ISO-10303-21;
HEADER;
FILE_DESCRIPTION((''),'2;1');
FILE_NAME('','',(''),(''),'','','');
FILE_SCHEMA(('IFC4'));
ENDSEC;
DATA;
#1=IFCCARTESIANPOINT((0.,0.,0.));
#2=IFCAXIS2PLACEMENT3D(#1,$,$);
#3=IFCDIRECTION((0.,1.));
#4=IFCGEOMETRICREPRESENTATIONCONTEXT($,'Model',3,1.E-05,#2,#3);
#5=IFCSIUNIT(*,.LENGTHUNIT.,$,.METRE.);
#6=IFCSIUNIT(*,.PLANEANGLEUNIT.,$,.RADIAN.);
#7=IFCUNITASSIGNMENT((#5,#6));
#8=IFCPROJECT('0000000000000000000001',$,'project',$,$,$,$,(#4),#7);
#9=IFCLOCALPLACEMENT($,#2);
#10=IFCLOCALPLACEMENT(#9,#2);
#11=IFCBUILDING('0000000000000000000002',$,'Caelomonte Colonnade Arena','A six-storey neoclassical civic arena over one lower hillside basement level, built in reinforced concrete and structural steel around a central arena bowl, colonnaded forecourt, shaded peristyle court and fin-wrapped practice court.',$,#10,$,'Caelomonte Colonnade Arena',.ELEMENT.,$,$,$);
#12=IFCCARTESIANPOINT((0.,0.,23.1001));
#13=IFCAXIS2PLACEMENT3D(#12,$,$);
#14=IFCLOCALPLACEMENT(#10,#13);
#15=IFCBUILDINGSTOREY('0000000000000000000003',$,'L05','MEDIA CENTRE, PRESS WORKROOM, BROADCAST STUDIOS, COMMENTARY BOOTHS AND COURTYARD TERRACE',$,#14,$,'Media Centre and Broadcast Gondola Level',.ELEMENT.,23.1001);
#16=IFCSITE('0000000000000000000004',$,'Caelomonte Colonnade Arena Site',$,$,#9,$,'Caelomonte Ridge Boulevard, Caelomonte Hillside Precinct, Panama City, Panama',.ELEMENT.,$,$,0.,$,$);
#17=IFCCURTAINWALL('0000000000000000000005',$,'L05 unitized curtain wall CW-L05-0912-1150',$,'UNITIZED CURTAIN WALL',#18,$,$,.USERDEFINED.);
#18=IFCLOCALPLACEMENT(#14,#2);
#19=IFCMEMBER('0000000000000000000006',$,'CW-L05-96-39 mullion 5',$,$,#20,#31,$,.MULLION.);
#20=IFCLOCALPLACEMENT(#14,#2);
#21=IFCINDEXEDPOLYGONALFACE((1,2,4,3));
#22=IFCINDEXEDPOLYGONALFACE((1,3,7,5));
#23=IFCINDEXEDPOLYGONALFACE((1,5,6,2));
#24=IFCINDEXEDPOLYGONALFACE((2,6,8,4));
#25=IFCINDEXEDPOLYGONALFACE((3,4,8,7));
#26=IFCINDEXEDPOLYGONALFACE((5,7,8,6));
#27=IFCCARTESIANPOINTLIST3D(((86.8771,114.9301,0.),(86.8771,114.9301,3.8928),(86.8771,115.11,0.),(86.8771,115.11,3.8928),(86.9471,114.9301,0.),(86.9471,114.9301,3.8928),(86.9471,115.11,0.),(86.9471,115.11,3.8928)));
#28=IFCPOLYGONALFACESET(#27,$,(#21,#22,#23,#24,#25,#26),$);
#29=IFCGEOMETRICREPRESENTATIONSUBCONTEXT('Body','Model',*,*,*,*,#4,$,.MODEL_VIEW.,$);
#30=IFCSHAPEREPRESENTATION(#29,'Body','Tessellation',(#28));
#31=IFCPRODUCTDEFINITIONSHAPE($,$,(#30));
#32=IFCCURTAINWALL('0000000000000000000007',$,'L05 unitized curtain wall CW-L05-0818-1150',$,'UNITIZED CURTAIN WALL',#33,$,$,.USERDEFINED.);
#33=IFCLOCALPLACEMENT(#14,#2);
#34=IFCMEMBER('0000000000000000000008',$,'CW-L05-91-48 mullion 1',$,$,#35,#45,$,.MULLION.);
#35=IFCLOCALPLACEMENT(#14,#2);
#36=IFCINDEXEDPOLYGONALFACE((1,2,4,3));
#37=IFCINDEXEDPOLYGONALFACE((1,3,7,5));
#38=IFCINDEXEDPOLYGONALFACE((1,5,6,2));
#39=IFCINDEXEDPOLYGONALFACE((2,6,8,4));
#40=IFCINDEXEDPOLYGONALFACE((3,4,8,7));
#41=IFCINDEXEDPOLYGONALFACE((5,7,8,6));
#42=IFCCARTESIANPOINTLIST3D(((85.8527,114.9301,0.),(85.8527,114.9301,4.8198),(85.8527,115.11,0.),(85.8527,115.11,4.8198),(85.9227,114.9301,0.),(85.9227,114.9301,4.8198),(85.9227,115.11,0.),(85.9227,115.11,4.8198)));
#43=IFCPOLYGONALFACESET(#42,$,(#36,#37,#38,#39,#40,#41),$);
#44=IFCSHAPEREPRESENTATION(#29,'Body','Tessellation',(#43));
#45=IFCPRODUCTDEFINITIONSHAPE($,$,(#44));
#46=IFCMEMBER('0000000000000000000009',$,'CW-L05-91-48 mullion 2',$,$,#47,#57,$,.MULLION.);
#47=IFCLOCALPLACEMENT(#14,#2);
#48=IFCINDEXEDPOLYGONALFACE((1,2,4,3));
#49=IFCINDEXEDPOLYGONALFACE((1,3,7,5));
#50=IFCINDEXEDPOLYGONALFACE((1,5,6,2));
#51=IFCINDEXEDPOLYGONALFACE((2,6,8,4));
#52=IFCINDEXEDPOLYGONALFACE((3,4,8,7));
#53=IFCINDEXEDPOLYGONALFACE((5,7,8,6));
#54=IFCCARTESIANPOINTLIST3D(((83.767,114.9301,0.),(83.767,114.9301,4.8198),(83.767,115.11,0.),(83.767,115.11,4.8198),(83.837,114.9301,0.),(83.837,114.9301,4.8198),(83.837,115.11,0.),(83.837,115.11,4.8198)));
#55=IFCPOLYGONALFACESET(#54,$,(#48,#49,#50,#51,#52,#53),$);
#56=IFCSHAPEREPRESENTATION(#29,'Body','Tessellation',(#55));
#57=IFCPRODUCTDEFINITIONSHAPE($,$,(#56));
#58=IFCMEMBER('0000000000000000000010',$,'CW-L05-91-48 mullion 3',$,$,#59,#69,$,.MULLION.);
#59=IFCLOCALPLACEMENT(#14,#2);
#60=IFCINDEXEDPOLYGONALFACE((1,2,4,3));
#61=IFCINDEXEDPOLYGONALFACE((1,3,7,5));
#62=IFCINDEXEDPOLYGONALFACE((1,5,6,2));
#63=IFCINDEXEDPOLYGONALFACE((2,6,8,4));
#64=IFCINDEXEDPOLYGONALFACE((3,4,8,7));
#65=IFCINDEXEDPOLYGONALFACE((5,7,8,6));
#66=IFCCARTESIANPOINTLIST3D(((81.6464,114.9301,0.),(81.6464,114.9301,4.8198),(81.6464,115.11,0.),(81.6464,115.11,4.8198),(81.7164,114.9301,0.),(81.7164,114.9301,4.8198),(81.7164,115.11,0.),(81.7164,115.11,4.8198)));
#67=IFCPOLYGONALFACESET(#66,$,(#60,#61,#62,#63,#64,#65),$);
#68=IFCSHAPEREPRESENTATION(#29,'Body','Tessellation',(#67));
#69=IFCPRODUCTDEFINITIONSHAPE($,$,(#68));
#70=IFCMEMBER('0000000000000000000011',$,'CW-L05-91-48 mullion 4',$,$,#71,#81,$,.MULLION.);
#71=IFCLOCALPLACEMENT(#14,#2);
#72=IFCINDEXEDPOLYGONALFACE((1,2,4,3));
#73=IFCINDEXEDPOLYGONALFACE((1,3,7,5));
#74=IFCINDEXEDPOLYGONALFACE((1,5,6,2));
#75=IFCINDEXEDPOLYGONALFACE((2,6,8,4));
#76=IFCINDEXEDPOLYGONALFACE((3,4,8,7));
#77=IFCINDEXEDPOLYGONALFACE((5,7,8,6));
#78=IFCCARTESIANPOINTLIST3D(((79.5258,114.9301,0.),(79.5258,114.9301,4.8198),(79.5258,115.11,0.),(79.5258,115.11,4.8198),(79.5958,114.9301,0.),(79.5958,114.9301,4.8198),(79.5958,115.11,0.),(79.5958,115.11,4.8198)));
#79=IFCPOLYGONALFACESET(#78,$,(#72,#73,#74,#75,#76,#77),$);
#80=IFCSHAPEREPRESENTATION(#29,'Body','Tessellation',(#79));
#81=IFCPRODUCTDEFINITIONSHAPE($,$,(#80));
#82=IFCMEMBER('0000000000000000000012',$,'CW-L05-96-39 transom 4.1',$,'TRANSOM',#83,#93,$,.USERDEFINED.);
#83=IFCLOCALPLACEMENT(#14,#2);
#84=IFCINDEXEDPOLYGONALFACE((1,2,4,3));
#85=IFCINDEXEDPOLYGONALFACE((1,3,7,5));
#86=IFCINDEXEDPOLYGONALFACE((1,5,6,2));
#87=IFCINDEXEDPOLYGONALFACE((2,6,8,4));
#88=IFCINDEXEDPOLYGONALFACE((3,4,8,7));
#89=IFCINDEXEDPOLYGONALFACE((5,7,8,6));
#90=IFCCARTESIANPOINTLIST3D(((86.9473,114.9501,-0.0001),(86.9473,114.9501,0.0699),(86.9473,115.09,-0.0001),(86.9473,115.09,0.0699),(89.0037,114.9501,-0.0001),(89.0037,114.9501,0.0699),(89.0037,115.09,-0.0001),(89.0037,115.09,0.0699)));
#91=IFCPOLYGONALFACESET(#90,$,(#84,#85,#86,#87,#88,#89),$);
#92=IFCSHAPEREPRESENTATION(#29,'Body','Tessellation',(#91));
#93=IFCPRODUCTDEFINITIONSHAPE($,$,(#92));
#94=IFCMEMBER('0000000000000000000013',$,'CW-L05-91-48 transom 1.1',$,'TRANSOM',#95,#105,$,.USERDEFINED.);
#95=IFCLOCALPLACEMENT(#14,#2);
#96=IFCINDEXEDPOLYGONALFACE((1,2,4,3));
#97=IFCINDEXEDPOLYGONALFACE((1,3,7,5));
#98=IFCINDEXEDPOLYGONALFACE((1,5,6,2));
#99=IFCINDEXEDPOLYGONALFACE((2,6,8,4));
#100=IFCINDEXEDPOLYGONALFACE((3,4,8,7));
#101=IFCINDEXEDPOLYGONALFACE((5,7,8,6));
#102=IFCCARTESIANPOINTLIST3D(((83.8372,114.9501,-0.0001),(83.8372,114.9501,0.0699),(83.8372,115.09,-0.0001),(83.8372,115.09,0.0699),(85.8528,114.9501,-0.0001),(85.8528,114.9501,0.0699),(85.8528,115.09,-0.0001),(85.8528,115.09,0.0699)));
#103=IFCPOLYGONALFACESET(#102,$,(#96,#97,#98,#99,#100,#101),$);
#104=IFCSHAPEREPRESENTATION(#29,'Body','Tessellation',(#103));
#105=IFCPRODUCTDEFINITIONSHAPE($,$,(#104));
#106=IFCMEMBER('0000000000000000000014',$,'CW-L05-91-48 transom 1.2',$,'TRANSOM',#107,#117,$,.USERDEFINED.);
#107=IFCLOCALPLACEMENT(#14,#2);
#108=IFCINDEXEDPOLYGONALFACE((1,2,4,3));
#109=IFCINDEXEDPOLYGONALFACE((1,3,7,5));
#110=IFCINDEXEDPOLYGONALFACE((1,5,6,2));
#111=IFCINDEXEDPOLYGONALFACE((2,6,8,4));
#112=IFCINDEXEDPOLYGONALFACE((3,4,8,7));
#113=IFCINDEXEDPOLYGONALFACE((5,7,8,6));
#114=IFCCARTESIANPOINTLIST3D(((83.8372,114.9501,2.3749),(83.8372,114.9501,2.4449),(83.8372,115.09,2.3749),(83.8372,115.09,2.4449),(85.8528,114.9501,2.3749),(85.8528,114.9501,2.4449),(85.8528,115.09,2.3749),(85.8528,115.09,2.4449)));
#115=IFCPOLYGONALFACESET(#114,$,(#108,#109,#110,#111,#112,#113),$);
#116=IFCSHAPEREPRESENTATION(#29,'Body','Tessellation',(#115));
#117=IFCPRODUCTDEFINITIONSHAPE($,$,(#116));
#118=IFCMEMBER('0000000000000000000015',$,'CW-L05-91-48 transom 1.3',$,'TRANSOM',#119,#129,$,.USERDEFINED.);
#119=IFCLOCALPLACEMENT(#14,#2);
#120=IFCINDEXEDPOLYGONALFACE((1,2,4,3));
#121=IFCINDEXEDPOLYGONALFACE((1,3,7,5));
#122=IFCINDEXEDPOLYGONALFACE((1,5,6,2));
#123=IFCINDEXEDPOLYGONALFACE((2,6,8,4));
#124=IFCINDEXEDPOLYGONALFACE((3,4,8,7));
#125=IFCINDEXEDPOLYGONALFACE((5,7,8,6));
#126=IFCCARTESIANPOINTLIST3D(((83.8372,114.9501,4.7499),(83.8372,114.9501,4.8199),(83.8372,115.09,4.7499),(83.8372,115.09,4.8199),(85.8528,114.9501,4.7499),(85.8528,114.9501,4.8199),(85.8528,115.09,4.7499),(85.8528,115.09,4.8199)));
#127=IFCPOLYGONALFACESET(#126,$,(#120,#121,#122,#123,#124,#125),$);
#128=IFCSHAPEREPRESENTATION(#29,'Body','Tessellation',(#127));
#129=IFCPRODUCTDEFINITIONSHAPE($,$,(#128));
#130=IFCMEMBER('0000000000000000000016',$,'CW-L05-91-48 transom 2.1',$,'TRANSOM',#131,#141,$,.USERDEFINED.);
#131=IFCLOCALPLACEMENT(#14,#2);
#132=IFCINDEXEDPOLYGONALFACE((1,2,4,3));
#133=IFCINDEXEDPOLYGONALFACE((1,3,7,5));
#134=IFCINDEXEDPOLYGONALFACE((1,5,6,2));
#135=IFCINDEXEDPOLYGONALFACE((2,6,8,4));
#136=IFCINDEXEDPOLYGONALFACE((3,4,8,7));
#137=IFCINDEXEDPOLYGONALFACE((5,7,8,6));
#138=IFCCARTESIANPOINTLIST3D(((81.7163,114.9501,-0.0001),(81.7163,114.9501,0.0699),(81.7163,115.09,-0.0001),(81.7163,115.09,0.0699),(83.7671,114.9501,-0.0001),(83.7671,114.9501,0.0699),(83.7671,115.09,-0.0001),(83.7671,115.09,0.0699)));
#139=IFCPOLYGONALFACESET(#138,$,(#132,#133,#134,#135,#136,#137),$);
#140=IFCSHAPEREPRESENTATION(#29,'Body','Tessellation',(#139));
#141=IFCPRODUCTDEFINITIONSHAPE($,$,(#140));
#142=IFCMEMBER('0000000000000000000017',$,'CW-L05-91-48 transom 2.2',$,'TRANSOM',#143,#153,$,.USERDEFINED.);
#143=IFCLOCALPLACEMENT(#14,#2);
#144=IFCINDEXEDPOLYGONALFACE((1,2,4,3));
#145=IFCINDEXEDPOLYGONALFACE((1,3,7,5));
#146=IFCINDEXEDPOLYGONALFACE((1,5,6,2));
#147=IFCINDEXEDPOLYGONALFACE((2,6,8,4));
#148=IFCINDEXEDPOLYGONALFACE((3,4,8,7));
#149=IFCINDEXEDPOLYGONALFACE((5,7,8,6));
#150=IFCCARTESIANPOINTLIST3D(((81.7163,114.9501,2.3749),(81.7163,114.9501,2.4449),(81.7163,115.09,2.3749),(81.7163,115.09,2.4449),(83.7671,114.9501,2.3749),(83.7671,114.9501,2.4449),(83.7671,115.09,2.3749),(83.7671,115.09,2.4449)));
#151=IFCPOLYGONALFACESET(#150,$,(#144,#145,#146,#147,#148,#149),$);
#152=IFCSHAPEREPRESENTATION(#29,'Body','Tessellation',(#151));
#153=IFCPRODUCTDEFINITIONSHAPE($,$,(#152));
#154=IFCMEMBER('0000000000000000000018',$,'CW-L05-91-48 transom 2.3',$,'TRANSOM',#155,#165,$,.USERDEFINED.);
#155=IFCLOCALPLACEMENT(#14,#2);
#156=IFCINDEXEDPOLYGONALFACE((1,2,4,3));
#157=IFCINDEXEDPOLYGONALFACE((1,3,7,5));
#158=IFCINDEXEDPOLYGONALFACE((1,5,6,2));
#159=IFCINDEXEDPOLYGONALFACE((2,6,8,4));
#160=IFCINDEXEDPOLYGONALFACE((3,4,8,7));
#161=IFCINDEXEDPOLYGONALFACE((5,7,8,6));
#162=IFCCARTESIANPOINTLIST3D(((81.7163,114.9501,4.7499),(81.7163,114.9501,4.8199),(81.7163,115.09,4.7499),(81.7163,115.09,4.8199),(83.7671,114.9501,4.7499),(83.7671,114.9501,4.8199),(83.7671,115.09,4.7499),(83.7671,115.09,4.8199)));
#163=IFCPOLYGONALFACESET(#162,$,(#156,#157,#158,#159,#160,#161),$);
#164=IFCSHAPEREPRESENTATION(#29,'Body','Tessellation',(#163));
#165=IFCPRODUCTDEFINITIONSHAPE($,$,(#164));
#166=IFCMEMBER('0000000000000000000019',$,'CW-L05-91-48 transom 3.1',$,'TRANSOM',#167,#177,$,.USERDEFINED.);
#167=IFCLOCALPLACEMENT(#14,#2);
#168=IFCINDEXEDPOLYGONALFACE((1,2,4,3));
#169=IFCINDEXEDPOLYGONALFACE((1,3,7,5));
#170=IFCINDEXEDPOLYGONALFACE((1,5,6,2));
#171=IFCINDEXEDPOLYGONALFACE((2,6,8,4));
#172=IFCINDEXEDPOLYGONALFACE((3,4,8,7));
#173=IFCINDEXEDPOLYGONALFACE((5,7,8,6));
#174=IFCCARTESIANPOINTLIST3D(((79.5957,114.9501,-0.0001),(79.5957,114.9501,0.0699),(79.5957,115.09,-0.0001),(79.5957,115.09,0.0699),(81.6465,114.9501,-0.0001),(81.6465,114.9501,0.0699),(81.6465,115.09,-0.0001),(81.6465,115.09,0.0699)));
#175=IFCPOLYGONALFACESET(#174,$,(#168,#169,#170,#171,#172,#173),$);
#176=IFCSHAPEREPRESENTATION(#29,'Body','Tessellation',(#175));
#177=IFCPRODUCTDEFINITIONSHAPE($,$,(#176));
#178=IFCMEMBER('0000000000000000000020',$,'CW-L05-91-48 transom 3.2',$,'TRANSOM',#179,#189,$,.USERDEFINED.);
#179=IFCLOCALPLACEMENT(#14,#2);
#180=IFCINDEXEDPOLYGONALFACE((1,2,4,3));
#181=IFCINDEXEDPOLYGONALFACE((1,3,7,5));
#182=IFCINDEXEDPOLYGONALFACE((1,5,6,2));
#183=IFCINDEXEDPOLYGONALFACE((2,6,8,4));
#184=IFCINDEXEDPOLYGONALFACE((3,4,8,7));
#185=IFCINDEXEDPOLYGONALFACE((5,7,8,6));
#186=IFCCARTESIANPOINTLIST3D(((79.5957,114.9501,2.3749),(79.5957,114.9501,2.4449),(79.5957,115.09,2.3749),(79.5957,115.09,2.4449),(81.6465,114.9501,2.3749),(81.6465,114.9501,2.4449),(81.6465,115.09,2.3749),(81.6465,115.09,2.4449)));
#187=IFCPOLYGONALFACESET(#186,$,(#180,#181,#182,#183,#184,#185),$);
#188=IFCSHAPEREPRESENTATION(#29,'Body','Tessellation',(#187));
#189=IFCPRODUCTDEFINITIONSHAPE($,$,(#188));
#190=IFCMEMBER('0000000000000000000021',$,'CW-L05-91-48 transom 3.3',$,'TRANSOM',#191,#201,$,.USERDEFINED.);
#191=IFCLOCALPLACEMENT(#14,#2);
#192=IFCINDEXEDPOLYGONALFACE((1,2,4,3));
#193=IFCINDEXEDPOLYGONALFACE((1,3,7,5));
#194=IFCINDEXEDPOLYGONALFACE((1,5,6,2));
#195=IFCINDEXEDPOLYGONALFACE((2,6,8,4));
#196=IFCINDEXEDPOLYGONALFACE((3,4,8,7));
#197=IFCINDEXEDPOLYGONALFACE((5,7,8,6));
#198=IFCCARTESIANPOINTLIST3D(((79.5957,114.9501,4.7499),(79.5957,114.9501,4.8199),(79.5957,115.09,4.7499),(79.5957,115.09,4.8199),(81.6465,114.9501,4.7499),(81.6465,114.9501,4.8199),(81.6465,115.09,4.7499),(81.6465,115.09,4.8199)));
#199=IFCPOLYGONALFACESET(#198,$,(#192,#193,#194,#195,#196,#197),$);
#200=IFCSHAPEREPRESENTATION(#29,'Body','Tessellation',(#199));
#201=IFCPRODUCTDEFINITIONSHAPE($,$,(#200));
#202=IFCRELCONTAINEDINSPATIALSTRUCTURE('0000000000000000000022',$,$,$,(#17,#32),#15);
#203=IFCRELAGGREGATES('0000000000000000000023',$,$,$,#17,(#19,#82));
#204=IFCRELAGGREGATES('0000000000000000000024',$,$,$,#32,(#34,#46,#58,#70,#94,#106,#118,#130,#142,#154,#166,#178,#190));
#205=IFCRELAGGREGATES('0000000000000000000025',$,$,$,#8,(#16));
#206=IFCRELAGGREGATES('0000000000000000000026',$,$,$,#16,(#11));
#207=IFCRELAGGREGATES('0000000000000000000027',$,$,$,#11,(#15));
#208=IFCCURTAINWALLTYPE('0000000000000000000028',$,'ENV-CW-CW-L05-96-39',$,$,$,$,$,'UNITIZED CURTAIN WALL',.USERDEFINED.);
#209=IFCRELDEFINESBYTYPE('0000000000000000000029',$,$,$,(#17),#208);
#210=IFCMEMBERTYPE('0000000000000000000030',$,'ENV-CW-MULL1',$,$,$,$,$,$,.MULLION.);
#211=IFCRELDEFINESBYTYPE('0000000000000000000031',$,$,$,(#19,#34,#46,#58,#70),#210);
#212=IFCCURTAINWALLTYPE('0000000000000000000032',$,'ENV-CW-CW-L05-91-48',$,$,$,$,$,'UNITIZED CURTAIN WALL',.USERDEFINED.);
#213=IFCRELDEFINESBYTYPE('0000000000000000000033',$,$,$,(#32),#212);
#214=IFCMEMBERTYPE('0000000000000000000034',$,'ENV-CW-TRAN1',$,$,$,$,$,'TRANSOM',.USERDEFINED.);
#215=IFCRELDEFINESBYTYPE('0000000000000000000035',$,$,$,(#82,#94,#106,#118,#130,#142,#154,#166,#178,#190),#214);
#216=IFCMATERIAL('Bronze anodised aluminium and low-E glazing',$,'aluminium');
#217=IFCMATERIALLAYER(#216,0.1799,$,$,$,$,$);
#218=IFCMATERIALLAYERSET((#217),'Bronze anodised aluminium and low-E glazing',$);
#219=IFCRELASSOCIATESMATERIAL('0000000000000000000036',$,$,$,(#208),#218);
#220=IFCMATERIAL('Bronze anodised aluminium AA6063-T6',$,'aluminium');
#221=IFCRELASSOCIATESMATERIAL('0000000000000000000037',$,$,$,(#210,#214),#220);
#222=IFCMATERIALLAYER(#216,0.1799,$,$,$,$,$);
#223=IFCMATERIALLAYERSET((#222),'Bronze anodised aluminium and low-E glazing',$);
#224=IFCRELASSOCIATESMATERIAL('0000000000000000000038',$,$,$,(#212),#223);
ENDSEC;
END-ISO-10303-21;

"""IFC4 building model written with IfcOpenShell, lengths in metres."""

from ifc_helpers import new_model, si_unit, direction, frame, origin, origin_2d, place, context, subcontext, project, spatial, rectangle, extrude, material, layer, layer_set, material_profile, profile_set, type_object, element, aggregate, save


model = new_model("IFC4")

# Units and contexts
model_context = context("Model", 3, precision=1e-05, world=origin(), true_north=direction((0.0, 1.0)))
body_context = subcontext(model_context, "Body", "Model", "MODEL_VIEW")
ifc_project = project(units=[si_unit("LENGTHUNIT", "METRE"), si_unit("PLANEANGLEUNIT", "RADIAN")], contexts=[model_context])

# Site, building, storey
site_placement = place(None, origin())
site = spatial("IfcSite", under=ifc_project, at=site_placement, Name="Caelomonte Colonnade Arena Site", LongName="Caelomonte Ridge Boulevard, Caelomonte Hillside Precinct, Panama City, Panama", CompositionType="ELEMENT", RefElevation=0.0)
building_placement = place(site_placement, origin())
building = spatial("IfcBuilding", under=site, at=building_placement, Name="Caelomonte Colonnade Arena", Description="A six-storey neoclassical civic arena over one lower hillside basement level, built in reinforced concrete and structural steel around a central arena bowl, colonnaded forecourt, shaded peristyle court and fin-wrapped practice court.", LongName="Caelomonte Colonnade Arena", CompositionType="ELEMENT")
storey_placement = place(building_placement, frame((0.0, 0.0, 23.1001)))
storey = spatial("IfcBuildingStorey", under=building, at=storey_placement, Name="L05", Description="MEDIA CENTRE, PRESS WORKROOM, BROADCAST STUDIOS, COMMENTARY BOOTHS AND COURTYARD TERRACE", LongName="Media Centre and Broadcast Gondola Level", CompositionType="ELEMENT", Elevation=23.1001)

# Curtain wall, member
ifc_material_1 = material(Name="Bronze anodised aluminium and low-E glazing", Category="aluminium")
ifc_layer_1 = layer(ifc_material_1, 0.1799)
ifc_layer_set_1 = layer_set([ifc_layer_1], Name="Bronze anodised aluminium and low-E glazing")
curtain_wall_type_1 = type_object("IfcCurtainWallType", Name="ENV-CW-CW-L05-96-39", ElementType="UNITIZED CURTAIN WALL", PredefinedType="USERDEFINED", material=ifc_layer_set_1)
curtain_wall_1_placement = place(storey_placement, origin())
curtain_wall_1 = element("IfcCurtainWall", 1, at=curtain_wall_1_placement, inside=storey, type_object=curtain_wall_type_1, Name="L05 unitized curtain wall CW-L05-0912-1150", ObjectType="UNITIZED CURTAIN WALL", PredefinedType="USERDEFINED")
ifc_material_2 = material(Name="Bronze anodised aluminium AA6063-T6", Category="aluminium")
ifc_material_profile_1 = material_profile(ifc_material_2, rectangle(XDim=0.0701, YDim=0.1799, at=origin_2d()), Name="CWM-70X180")
ifc_profile_set_1 = profile_set([ifc_material_profile_1], Name="Bronze anodised aluminium AA6063-T6")
member_type_1 = type_object("IfcMemberType", Name="ENV-CW-MULL1", PredefinedType="MULLION", material=ifc_profile_set_1)
member_1_placement = place(storey_placement, frame((86.9121, 115.02, 0.0), z_axis=(0.0, 0.0, 1.0), x_axis=(-1.0, 0.0, 0.0)))
member_1 = element("IfcMember", 2, at=member_1_placement, type_object=member_type_1, Name="CW-L05-96-39 mullion 5", PredefinedType="MULLION", context=body_context, shape_type="SweptSolid", body=[
    extrude(rectangle(XDim=0.0701, YDim=0.1799, at=origin_2d()), origin(), (0.0, 0.0, 1.0), 3.8928),
])

# Curtain wall, members
ifc_layer_2 = layer(ifc_material_1, 0.1799)
ifc_layer_set_2 = layer_set([ifc_layer_2], Name="Bronze anodised aluminium and low-E glazing")
curtain_wall_type_2 = type_object("IfcCurtainWallType", Name="ENV-CW-CW-L05-91-48", ElementType="UNITIZED CURTAIN WALL", PredefinedType="USERDEFINED", material=ifc_layer_set_2)
curtain_wall_2_placement = place(storey_placement, origin())
curtain_wall_2 = element("IfcCurtainWall", 3, at=curtain_wall_2_placement, inside=storey, type_object=curtain_wall_type_2, Name="L05 unitized curtain wall CW-L05-0818-1150", ObjectType="UNITIZED CURTAIN WALL", PredefinedType="USERDEFINED")
member_2_placement = place(storey_placement, frame((85.8877, 115.02, 0.0), z_axis=(0.0, 0.0, 1.0), x_axis=(-1.0, 0.0, 0.0)))
member_2 = element("IfcMember", 4, at=member_2_placement, type_object=member_type_1, Name="CW-L05-91-48 mullion 1", PredefinedType="MULLION", context=body_context, shape_type="SweptSolid", body=[
    extrude(rectangle(XDim=0.0701, YDim=0.1799, at=origin_2d()), origin(), (0.0, 0.0, 1.0), 4.8198),
])
member_3_placement = place(storey_placement, frame((83.802, 115.02, 0.0), z_axis=(0.0, 0.0, 1.0), x_axis=(-1.0, 0.0, 0.0)))
member_3 = element("IfcMember", 5, at=member_3_placement, type_object=member_type_1, Name="CW-L05-91-48 mullion 2", PredefinedType="MULLION", context=body_context, shape_type="SweptSolid", body=[
    extrude(rectangle(XDim=0.0701, YDim=0.1799, at=origin_2d()), origin(), (0.0, 0.0, 1.0), 4.8198),
])
member_4_placement = place(storey_placement, frame((81.6814, 115.02, 0.0), z_axis=(0.0, 0.0, 1.0), x_axis=(-1.0, 0.0, 0.0)))
member_4 = element("IfcMember", 6, at=member_4_placement, type_object=member_type_1, Name="CW-L05-91-48 mullion 3", PredefinedType="MULLION", context=body_context, shape_type="SweptSolid", body=[
    extrude(rectangle(XDim=0.0701, YDim=0.1799, at=origin_2d()), origin(), (0.0, 0.0, 1.0), 4.8198),
])
member_5_placement = place(storey_placement, frame((79.5608, 115.02, 0.0), z_axis=(0.0, 0.0, 1.0), x_axis=(-1.0, 0.0, 0.0)))
member_5 = element("IfcMember", 7, at=member_5_placement, type_object=member_type_1, Name="CW-L05-91-48 mullion 4", PredefinedType="MULLION", context=body_context, shape_type="SweptSolid", body=[
    extrude(rectangle(XDim=0.0701, YDim=0.1799, at=origin_2d()), origin(), (0.0, 0.0, 1.0), 4.8198),
])

# Members
ifc_material_profile_2 = material_profile(ifc_material_2, rectangle(XDim=0.0701, YDim=0.1399, at=origin_2d()), Name="CWT-70X140")
ifc_profile_set_2 = profile_set([ifc_material_profile_2], Name="Bronze anodised aluminium AA6063-T6")
member_type_2 = type_object("IfcMemberType", Name="ENV-CW-TRAN1", ElementType="TRANSOM", PredefinedType="USERDEFINED", material=ifc_profile_set_2)
member_6_placement = place(storey_placement, frame((89.0037, 115.02, 0.0349), z_axis=(-1.0, 0.0, 0.0), x_axis=(0.0, 0.0, 1.0)))
member_6 = element("IfcMember", 8, at=member_6_placement, type_object=member_type_2, Name="CW-L05-96-39 transom 4.1", ObjectType="TRANSOM", PredefinedType="USERDEFINED", context=body_context, shape_type="SweptSolid", body=[
    extrude(rectangle(XDim=0.0701, YDim=0.1399, at=origin_2d()), origin(), (0.0, 0.0, 1.0), 2.0564),
])
member_7_placement = place(storey_placement, frame((85.8528, 115.02, 0.0349), z_axis=(-1.0, 0.0, 0.0), x_axis=(0.0, 0.0, 1.0)))
member_7 = element("IfcMember", 9, at=member_7_placement, type_object=member_type_2, Name="CW-L05-91-48 transom 1.1", ObjectType="TRANSOM", PredefinedType="USERDEFINED", context=body_context, shape_type="SweptSolid", body=[
    extrude(rectangle(XDim=0.0701, YDim=0.1399, at=origin_2d()), origin(), (0.0, 0.0, 1.0), 2.0156),
])
member_8_placement = place(storey_placement, frame((85.8528, 115.02, 2.4099), z_axis=(-1.0, 0.0, 0.0), x_axis=(0.0, 0.0, 1.0)))
member_8 = element("IfcMember", 10, at=member_8_placement, type_object=member_type_2, Name="CW-L05-91-48 transom 1.2", ObjectType="TRANSOM", PredefinedType="USERDEFINED", context=body_context, shape_type="SweptSolid", body=[
    extrude(rectangle(XDim=0.0701, YDim=0.1399, at=origin_2d()), origin(), (0.0, 0.0, 1.0), 2.0156),
])
member_9_placement = place(storey_placement, frame((85.8528, 115.02, 4.7849), z_axis=(-1.0, 0.0, 0.0), x_axis=(0.0, 0.0, 1.0)))
member_9 = element("IfcMember", 11, at=member_9_placement, type_object=member_type_2, Name="CW-L05-91-48 transom 1.3", ObjectType="TRANSOM", PredefinedType="USERDEFINED", context=body_context, shape_type="SweptSolid", body=[
    extrude(rectangle(XDim=0.0701, YDim=0.1399, at=origin_2d()), origin(), (0.0, 0.0, 1.0), 2.0156),
])
member_10_placement = place(storey_placement, frame((83.7671, 115.02, 0.0349), z_axis=(-1.0, 0.0, 0.0), x_axis=(0.0, 0.0, 1.0)))
member_10 = element("IfcMember", 12, at=member_10_placement, type_object=member_type_2, Name="CW-L05-91-48 transom 2.1", ObjectType="TRANSOM", PredefinedType="USERDEFINED", context=body_context, shape_type="SweptSolid", body=[
    extrude(rectangle(XDim=0.0701, YDim=0.1399, at=origin_2d()), origin(), (0.0, 0.0, 1.0), 2.0508),
])
member_11_placement = place(storey_placement, frame((83.7671, 115.02, 2.4099), z_axis=(-1.0, 0.0, 0.0), x_axis=(0.0, 0.0, 1.0)))
member_11 = element("IfcMember", 13, at=member_11_placement, type_object=member_type_2, Name="CW-L05-91-48 transom 2.2", ObjectType="TRANSOM", PredefinedType="USERDEFINED", context=body_context, shape_type="SweptSolid", body=[
    extrude(rectangle(XDim=0.0701, YDim=0.1399, at=origin_2d()), origin(), (0.0, 0.0, 1.0), 2.0508),
])
member_12_placement = place(storey_placement, frame((83.7671, 115.02, 4.7849), z_axis=(-1.0, 0.0, 0.0), x_axis=(0.0, 0.0, 1.0)))
member_12 = element("IfcMember", 14, at=member_12_placement, type_object=member_type_2, Name="CW-L05-91-48 transom 2.3", ObjectType="TRANSOM", PredefinedType="USERDEFINED", context=body_context, shape_type="SweptSolid", body=[
    extrude(rectangle(XDim=0.0701, YDim=0.1399, at=origin_2d()), origin(), (0.0, 0.0, 1.0), 2.0508),
])
member_13_placement = place(storey_placement, frame((81.6465, 115.02, 0.0349), z_axis=(-1.0, 0.0, 0.0), x_axis=(0.0, 0.0, 1.0)))
member_13 = element("IfcMember", 15, at=member_13_placement, type_object=member_type_2, Name="CW-L05-91-48 transom 3.1", ObjectType="TRANSOM", PredefinedType="USERDEFINED", context=body_context, shape_type="SweptSolid", body=[
    extrude(rectangle(XDim=0.0701, YDim=0.1399, at=origin_2d()), origin(), (0.0, 0.0, 1.0), 2.0508),
])
member_14_placement = place(storey_placement, frame((81.6465, 115.02, 2.4099), z_axis=(-1.0, 0.0, 0.0), x_axis=(0.0, 0.0, 1.0)))
member_14 = element("IfcMember", 16, at=member_14_placement, type_object=member_type_2, Name="CW-L05-91-48 transom 3.2", ObjectType="TRANSOM", PredefinedType="USERDEFINED", context=body_context, shape_type="SweptSolid", body=[
    extrude(rectangle(XDim=0.0701, YDim=0.1399, at=origin_2d()), origin(), (0.0, 0.0, 1.0), 2.0508),
])
member_15_placement = place(storey_placement, frame((81.6465, 115.02, 4.7849), z_axis=(-1.0, 0.0, 0.0), x_axis=(0.0, 0.0, 1.0)))
member_15 = element("IfcMember", 17, at=member_15_placement, type_object=member_type_2, Name="CW-L05-91-48 transom 3.3", ObjectType="TRANSOM", PredefinedType="USERDEFINED", context=body_context, shape_type="SweptSolid", body=[
    extrude(rectangle(XDim=0.0701, YDim=0.1399, at=origin_2d()), origin(), (0.0, 0.0, 1.0), 2.0508),
])

aggregate(curtain_wall_1, [member_1, member_6])
aggregate(curtain_wall_2, [member_2, member_3, member_4, member_5, member_7, member_8, member_9, member_10, member_11, member_12, member_13, member_14, member_15])

save(model, "model.ifc")
